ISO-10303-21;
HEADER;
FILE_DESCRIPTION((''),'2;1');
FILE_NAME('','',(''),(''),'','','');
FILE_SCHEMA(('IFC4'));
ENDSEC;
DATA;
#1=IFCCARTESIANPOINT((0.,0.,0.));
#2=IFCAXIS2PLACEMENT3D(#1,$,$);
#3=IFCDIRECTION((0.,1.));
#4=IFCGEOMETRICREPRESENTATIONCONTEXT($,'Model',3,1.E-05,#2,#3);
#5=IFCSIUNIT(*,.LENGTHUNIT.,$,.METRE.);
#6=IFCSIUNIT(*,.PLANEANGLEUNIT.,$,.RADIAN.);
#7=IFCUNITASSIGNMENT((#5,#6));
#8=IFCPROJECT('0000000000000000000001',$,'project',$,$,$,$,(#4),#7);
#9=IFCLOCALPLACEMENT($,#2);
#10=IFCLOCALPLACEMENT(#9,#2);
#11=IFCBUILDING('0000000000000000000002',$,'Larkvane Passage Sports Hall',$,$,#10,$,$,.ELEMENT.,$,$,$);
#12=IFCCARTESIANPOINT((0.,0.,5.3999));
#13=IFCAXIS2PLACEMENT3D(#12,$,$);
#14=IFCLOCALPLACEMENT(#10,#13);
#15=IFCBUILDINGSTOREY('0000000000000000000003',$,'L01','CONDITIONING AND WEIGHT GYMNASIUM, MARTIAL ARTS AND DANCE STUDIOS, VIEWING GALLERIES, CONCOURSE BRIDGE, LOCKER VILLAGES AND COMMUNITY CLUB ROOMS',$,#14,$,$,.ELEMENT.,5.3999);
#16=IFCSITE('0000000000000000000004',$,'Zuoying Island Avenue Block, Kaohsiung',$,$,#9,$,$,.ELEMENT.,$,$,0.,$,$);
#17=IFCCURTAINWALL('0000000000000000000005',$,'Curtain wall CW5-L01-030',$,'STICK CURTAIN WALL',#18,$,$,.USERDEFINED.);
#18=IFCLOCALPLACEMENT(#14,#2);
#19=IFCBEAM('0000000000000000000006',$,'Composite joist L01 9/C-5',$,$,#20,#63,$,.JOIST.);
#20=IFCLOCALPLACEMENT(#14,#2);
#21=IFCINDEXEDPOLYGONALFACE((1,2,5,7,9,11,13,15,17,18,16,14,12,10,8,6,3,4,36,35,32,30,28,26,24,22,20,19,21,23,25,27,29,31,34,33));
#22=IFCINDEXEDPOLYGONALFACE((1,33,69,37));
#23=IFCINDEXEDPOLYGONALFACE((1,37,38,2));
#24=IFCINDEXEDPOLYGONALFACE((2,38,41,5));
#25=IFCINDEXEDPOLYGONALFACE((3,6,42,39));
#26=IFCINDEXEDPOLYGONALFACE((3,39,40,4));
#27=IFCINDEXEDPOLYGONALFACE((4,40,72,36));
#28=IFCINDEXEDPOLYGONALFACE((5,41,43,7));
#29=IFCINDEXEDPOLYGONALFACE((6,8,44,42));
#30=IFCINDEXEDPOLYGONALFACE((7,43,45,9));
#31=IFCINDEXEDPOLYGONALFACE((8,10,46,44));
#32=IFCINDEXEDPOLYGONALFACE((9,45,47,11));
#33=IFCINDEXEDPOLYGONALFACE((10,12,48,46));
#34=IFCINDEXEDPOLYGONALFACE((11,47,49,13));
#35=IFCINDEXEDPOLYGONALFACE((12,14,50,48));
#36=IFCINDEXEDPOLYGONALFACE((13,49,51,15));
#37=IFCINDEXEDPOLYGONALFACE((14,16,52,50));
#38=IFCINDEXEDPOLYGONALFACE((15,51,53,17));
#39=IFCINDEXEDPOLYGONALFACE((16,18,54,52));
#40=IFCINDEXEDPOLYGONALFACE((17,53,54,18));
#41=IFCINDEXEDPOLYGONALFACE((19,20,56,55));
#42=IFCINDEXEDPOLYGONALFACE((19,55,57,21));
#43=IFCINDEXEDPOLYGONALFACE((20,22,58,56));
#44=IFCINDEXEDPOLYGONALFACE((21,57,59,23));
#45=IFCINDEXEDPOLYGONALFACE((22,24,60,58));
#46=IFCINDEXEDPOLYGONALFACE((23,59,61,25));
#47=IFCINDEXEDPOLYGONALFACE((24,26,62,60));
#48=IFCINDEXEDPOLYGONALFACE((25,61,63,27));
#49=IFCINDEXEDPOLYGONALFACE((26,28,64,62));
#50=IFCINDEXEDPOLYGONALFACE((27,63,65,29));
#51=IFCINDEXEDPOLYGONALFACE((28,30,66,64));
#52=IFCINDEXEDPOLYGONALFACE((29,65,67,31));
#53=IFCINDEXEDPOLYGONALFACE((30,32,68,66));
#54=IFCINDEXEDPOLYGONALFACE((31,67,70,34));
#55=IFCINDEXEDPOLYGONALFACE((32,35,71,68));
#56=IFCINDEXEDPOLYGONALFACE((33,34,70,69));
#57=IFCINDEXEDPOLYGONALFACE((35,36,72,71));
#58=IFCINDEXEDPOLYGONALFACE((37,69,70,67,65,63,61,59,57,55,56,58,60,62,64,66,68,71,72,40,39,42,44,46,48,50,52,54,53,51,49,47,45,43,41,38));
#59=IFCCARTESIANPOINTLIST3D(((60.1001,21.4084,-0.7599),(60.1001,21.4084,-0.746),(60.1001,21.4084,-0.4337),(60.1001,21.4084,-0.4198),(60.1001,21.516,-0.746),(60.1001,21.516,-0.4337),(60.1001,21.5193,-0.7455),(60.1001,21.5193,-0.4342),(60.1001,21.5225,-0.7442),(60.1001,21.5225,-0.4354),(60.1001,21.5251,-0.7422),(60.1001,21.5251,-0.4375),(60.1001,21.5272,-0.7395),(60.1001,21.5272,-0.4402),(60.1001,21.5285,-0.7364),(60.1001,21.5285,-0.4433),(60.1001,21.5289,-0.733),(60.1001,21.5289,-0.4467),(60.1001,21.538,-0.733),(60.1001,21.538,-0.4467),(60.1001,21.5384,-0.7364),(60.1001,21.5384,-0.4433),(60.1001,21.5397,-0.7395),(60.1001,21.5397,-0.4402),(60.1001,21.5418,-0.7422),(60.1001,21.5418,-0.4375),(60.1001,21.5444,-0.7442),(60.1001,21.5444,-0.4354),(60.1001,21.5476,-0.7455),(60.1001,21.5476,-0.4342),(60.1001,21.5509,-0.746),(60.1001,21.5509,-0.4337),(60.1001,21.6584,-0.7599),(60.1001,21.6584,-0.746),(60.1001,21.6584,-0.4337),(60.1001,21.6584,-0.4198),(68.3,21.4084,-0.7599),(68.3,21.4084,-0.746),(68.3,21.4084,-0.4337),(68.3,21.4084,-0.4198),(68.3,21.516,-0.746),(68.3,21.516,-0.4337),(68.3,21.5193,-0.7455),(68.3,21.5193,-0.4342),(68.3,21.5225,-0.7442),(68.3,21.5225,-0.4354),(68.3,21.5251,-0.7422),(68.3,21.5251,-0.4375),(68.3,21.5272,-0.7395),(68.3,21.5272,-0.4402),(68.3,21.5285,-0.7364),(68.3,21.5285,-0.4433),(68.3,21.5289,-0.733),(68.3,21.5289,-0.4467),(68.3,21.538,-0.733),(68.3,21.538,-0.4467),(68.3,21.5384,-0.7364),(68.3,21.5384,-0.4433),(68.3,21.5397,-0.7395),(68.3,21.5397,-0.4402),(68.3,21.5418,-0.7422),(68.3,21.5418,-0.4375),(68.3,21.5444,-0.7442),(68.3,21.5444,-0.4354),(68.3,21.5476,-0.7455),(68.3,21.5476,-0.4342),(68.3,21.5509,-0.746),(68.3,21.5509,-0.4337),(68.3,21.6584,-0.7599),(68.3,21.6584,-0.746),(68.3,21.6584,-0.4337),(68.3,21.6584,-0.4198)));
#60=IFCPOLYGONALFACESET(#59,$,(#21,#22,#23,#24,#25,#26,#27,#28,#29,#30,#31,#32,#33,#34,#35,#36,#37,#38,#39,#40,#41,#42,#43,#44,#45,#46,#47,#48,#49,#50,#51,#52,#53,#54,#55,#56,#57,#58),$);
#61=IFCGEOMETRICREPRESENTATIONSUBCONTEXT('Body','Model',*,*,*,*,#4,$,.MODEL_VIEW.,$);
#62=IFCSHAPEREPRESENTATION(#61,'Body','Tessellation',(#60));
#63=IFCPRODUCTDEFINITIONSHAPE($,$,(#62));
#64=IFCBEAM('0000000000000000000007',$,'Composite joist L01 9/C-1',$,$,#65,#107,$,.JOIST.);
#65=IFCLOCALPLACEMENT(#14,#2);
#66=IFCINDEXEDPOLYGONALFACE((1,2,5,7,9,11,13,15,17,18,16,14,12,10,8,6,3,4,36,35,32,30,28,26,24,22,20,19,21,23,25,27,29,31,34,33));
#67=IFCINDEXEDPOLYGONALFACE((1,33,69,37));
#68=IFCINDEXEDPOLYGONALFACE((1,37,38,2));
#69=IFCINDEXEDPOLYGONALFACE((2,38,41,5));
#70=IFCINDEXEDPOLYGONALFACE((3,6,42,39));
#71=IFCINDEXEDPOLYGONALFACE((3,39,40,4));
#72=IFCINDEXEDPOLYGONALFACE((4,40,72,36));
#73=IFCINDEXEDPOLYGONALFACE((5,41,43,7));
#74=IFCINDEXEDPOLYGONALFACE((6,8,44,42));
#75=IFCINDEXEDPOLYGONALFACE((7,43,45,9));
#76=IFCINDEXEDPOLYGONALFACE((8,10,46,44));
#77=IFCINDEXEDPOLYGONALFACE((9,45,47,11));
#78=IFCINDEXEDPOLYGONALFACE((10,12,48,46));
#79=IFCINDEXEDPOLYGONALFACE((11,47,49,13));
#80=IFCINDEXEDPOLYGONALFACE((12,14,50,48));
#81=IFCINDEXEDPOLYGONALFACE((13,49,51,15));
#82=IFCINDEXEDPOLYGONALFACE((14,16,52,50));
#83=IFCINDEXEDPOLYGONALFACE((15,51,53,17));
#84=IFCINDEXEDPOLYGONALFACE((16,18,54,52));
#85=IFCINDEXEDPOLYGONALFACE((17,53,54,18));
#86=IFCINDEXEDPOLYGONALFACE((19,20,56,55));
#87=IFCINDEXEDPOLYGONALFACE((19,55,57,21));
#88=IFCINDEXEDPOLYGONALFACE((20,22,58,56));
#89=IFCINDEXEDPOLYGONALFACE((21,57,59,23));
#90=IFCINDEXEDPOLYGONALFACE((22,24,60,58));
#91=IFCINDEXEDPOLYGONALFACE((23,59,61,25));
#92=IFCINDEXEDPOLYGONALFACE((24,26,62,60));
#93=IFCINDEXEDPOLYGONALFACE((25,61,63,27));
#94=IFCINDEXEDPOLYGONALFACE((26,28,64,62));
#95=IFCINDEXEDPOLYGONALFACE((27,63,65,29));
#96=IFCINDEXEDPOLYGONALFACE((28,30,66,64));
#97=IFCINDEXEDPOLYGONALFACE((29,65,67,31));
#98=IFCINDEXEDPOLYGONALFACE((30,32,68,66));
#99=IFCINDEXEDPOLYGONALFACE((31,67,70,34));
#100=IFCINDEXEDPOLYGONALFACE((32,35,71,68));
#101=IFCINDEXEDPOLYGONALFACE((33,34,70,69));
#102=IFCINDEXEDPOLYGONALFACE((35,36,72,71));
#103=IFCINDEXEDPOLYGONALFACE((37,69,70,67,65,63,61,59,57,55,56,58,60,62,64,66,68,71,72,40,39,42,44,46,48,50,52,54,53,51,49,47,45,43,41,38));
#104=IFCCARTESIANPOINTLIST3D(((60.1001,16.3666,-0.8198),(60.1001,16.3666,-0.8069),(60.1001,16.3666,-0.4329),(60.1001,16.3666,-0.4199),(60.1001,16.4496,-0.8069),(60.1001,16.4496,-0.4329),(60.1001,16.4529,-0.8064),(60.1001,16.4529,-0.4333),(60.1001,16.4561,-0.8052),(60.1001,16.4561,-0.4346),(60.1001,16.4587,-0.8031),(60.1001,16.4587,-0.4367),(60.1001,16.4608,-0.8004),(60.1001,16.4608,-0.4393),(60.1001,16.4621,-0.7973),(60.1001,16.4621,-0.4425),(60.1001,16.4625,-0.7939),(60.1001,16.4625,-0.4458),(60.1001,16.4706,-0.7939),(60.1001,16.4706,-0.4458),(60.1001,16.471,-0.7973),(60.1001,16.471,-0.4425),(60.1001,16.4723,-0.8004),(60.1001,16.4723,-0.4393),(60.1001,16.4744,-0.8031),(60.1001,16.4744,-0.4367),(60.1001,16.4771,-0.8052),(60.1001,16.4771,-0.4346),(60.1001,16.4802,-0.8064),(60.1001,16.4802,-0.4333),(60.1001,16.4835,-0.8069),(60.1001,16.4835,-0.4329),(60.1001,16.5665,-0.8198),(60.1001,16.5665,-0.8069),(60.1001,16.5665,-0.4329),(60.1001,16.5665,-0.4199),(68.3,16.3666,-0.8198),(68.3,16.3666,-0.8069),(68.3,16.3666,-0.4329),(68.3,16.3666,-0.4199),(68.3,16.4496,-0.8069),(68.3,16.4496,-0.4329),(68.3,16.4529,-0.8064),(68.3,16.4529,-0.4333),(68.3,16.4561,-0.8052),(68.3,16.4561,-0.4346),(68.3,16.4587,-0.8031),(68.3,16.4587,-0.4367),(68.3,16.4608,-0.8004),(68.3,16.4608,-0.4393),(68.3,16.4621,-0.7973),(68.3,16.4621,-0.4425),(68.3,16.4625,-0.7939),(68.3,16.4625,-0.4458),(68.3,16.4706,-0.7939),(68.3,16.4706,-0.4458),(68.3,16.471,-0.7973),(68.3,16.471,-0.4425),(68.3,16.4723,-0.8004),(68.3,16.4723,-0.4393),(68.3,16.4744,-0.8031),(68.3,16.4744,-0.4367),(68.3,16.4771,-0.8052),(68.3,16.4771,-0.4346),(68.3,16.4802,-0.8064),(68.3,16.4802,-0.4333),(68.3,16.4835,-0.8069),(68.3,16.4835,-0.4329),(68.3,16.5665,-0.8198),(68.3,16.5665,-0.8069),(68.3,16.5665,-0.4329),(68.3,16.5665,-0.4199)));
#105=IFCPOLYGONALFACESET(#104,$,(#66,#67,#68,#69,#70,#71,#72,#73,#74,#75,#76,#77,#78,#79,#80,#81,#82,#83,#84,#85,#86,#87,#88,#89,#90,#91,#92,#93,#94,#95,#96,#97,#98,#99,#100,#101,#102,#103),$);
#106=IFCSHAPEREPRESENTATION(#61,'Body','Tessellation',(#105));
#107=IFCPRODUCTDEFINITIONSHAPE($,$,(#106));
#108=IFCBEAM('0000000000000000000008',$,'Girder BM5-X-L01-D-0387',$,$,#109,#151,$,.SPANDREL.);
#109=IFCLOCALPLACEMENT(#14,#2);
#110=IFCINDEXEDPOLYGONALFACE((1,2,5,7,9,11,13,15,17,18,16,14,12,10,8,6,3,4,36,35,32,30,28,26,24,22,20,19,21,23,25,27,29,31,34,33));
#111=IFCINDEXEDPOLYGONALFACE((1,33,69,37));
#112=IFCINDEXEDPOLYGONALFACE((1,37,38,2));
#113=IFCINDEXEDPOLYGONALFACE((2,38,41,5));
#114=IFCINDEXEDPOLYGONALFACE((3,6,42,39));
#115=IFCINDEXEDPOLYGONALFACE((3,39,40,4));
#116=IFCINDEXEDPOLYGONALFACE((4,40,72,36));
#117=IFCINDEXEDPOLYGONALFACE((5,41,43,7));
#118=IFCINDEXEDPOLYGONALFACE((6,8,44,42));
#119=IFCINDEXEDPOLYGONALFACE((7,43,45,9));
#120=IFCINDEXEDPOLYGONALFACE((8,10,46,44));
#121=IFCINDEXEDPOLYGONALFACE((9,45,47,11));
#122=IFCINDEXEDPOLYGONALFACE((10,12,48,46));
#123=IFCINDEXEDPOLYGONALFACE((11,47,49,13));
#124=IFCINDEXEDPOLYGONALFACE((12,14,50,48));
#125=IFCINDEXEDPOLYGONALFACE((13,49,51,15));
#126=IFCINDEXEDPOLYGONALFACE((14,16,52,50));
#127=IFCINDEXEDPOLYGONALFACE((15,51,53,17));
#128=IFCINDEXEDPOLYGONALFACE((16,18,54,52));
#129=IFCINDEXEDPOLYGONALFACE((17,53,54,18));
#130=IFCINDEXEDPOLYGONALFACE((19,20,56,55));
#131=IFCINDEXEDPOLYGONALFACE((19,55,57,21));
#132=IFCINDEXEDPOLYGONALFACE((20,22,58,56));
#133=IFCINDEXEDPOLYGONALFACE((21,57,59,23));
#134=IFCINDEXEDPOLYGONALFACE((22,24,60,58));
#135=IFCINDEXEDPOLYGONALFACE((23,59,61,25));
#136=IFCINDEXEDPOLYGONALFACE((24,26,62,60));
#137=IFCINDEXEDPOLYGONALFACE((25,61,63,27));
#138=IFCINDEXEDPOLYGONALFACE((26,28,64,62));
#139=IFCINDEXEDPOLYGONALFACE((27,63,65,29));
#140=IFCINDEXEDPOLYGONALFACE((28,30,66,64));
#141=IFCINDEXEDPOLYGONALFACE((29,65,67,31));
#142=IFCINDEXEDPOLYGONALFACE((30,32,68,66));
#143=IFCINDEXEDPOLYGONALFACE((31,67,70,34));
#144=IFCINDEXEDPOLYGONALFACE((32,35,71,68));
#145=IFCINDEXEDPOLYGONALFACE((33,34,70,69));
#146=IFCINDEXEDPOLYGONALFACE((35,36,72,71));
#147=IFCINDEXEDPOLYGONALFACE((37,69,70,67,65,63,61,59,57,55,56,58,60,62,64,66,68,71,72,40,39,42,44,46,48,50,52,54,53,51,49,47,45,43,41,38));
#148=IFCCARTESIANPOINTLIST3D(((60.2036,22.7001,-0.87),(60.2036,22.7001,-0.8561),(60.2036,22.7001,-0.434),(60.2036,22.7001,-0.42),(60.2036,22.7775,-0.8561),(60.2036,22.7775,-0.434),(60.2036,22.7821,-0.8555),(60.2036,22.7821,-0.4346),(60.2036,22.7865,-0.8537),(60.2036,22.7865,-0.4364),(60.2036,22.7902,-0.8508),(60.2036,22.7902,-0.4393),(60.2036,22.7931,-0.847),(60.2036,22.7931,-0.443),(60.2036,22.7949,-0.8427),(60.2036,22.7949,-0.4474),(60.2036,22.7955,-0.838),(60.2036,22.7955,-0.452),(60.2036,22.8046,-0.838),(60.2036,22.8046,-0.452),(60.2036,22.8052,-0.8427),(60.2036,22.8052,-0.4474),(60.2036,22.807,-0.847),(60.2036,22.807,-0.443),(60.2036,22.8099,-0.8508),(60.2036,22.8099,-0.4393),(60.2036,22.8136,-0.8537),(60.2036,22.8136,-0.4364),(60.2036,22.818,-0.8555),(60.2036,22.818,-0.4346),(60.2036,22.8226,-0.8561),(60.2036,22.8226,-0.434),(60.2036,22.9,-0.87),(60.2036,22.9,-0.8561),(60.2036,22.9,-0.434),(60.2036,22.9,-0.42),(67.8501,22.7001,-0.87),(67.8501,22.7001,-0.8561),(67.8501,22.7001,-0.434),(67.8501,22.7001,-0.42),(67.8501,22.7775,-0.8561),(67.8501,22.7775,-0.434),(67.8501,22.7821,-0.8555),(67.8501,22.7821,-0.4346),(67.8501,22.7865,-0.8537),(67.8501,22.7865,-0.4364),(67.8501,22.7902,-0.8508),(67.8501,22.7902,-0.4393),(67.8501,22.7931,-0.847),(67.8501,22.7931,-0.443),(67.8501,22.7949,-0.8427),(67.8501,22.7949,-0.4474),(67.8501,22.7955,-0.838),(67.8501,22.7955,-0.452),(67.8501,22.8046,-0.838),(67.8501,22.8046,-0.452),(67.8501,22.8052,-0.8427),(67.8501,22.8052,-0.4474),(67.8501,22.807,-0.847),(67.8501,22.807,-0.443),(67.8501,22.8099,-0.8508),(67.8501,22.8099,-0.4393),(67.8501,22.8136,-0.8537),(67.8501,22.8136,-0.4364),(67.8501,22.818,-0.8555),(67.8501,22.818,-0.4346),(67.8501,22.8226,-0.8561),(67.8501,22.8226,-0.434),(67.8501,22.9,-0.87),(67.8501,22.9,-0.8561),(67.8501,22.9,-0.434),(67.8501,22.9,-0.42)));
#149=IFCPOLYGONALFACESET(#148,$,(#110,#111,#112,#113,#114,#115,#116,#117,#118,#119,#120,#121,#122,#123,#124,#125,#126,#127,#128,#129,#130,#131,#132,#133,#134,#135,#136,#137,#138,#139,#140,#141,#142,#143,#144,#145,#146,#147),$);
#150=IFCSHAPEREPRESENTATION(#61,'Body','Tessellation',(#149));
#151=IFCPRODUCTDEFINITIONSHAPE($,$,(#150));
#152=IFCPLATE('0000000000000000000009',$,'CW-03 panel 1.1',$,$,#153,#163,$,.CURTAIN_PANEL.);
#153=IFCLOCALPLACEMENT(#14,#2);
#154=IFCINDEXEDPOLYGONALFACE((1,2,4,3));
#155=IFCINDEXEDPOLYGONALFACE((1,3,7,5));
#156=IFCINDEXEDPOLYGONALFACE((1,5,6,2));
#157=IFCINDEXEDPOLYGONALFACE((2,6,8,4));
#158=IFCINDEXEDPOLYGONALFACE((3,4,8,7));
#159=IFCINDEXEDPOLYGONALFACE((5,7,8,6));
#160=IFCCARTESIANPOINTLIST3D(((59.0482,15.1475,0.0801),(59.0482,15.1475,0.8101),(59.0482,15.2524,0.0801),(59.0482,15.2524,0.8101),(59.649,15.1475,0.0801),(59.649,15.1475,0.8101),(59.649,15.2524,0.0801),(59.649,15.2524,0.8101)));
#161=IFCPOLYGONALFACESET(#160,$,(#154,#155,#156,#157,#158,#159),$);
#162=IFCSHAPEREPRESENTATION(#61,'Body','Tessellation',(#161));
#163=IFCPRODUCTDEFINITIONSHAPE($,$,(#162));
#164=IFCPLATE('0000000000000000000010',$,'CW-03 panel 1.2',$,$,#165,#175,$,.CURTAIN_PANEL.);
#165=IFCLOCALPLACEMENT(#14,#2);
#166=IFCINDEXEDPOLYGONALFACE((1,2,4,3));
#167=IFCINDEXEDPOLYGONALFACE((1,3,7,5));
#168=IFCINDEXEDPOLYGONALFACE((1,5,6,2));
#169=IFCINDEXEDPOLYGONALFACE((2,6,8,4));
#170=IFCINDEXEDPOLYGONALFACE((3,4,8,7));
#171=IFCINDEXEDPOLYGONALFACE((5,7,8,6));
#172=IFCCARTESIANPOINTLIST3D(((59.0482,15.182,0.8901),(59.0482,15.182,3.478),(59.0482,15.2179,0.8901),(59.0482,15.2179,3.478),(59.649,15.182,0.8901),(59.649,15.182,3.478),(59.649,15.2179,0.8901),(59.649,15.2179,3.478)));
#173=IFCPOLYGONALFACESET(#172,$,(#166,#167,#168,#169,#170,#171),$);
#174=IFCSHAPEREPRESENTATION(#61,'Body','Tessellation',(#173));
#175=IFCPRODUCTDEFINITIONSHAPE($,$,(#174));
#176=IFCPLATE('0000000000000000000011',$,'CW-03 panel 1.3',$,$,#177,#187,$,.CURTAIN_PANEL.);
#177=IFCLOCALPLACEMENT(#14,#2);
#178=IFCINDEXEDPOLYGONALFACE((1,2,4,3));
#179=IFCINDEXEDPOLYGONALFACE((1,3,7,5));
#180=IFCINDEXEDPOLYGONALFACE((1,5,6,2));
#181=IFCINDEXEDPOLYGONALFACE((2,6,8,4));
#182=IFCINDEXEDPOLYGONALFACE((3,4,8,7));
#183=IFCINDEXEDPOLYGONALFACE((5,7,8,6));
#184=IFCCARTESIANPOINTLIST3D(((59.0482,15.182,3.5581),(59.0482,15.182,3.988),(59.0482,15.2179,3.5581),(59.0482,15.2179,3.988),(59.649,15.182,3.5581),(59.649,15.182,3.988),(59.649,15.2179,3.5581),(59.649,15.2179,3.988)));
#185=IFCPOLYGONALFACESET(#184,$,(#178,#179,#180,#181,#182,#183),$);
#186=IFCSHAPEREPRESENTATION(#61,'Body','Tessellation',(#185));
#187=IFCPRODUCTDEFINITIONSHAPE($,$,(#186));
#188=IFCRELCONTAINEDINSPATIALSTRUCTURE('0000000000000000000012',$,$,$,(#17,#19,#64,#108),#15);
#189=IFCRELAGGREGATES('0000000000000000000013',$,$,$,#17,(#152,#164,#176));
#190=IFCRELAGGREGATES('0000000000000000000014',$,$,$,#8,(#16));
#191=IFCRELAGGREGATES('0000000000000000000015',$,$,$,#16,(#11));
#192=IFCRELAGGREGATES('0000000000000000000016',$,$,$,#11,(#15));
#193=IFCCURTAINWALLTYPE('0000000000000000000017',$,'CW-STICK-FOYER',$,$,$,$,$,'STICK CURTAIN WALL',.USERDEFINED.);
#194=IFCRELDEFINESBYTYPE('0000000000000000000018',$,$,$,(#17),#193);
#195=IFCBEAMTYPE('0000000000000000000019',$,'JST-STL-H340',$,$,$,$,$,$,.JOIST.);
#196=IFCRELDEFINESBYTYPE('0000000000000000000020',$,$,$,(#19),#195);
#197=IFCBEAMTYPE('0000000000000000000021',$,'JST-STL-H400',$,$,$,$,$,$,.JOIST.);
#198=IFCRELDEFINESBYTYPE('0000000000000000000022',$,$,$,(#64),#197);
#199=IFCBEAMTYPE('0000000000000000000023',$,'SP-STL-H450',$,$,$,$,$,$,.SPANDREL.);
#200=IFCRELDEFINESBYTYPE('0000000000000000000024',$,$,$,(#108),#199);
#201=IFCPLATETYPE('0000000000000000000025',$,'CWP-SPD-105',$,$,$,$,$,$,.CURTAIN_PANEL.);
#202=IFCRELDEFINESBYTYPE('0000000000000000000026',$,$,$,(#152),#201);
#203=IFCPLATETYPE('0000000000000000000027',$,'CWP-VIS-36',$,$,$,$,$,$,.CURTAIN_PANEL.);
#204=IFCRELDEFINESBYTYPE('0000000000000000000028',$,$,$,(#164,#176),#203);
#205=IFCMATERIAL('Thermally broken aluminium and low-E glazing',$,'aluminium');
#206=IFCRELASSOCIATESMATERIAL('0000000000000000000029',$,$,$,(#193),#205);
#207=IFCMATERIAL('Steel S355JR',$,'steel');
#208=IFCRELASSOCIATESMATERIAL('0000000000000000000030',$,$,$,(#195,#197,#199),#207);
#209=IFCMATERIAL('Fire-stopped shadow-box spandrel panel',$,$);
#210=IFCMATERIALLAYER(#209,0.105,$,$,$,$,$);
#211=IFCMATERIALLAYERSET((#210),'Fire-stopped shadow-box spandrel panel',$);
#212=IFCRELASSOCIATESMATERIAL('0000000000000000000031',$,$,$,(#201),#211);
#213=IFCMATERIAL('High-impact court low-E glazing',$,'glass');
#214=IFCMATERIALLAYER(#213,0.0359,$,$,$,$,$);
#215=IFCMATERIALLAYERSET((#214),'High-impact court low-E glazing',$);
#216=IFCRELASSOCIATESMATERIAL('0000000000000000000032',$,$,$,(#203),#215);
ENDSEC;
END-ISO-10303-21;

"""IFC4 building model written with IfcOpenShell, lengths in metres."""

from ifc_helpers import new_model, si_unit, direction, frame, origin, origin_2d, place, context, subcontext, project, spatial, rectangle, i_section, extrude, material, layer, layer_set, material_profile, profile_set, type_object, element, aggregate, save


model = new_model("IFC4")

# Units and contexts
model_context = context("Model", 3, precision=1e-05, world=origin(), true_north=direction((0.0, 1.0)))
body_context = subcontext(model_context, "Body", "Model", "MODEL_VIEW")
ifc_project = project(units=[si_unit("LENGTHUNIT", "METRE"), si_unit("PLANEANGLEUNIT", "RADIAN")], contexts=[model_context])

# Site, building, storey
site_placement = place(None, origin())
site = spatial("IfcSite", under=ifc_project, at=site_placement, Name="Zuoying Island Avenue Block, Kaohsiung", CompositionType="ELEMENT", RefElevation=0.0)
building_placement = place(site_placement, origin())
building = spatial("IfcBuilding", under=site, at=building_placement, Name="Larkvane Passage Sports Hall", CompositionType="ELEMENT")
storey_placement = place(building_placement, frame((0.0, 0.0, 5.3999)))
storey = spatial("IfcBuildingStorey", under=building, at=storey_placement, Name="L01", Description="CONDITIONING AND WEIGHT GYMNASIUM, MARTIAL ARTS AND DANCE STUDIOS, VIEWING GALLERIES, CONCOURSE BRIDGE, LOCKER VILLAGES AND COMMUNITY CLUB ROOMS", CompositionType="ELEMENT", Elevation=5.3999)

# Shared definitions
ifc_material_1 = material(Name="Steel S355JR", Category="steel")

# Curtain wall
ifc_material_2 = material(Name="Thermally broken aluminium and low-E glazing", Category="aluminium")
curtain_wall_type = type_object("IfcCurtainWallType", Name="CW-STICK-FOYER", ElementType="STICK CURTAIN WALL", PredefinedType="USERDEFINED", material=ifc_material_2)
curtain_wall_placement = place(storey_placement, origin())
curtain_wall = element("IfcCurtainWall", 1, at=curtain_wall_placement, inside=storey, type_object=curtain_wall_type, Name="Curtain wall CW5-L01-030", ObjectType="STICK CURTAIN WALL", PredefinedType="USERDEFINED")

# Beams
ifc_material_profile_1 = material_profile(ifc_material_1, i_section(OverallWidth=0.25, OverallDepth=0.3401, WebThickness=0.009, FlangeThickness=0.0139, FilletRadius=0.0129, at=origin_2d()), Name="H-340x250x9x14")
ifc_profile_set_1 = profile_set([ifc_material_profile_1], Name="Steel S355JR")
beam_type_1 = type_object("IfcBeamType", Name="JST-STL-H340", PredefinedType="JOIST", material=ifc_profile_set_1)
beam_1_placement = place(storey_placement, frame((60.1001, 21.5334, -0.5898), z_axis=(1.0, 0.0, 0.0), x_axis=(0.0, 1.0, 0.0)))
element("IfcBeam", 2, at=beam_1_placement, inside=storey, type_object=beam_type_1, Name="Composite joist L01 9/C-5", PredefinedType="JOIST", context=body_context, shape_type="SweptSolid", body=[
    extrude(i_section(OverallWidth=0.25, OverallDepth=0.3401, WebThickness=0.009, FlangeThickness=0.0139, FilletRadius=0.0129, at=origin_2d()), origin(), (0.0, 0.0, 1.0), 8.2),
])
ifc_material_profile_2 = material_profile(ifc_material_1, i_section(OverallWidth=0.2, OverallDepth=0.3999, WebThickness=0.0081, FlangeThickness=0.0129, FilletRadius=0.0129, at=origin_2d()), Name="H-400x200x8x13")
ifc_profile_set_2 = profile_set([ifc_material_profile_2], Name="Steel S355JR")
beam_type_2 = type_object("IfcBeamType", Name="JST-STL-H400", PredefinedType="JOIST", material=ifc_profile_set_2)
beam_2_placement = place(storey_placement, frame((60.1001, 16.4666, -0.6199), z_axis=(1.0, 0.0, 0.0), x_axis=(0.0, 1.0, 0.0)))
element("IfcBeam", 3, at=beam_2_placement, inside=storey, type_object=beam_type_2, Name="Composite joist L01 9/C-1", PredefinedType="JOIST", context=body_context, shape_type="SweptSolid", body=[
    extrude(i_section(OverallWidth=0.2, OverallDepth=0.3999, WebThickness=0.0081, FlangeThickness=0.0129, FilletRadius=0.0129, at=origin_2d()), origin(), (0.0, 0.0, 1.0), 8.2),
])
ifc_material_profile_3 = material_profile(ifc_material_1, i_section(OverallWidth=0.2, OverallDepth=0.45, WebThickness=0.009, FlangeThickness=0.0139, FilletRadius=0.0181, at=origin_2d()), Name="H-450x200x9x14")
ifc_profile_set_3 = profile_set([ifc_material_profile_3], Name="Steel S355JR")
beam_type_3 = type_object("IfcBeamType", Name="SP-STL-H450", PredefinedType="SPANDREL", material=ifc_profile_set_3)
beam_3_placement = place(storey_placement, frame((60.2036, 22.8, -0.645), z_axis=(1.0, 0.0, 0.0), x_axis=(0.0, 1.0, 0.0)))
element("IfcBeam", 4, at=beam_3_placement, inside=storey, type_object=beam_type_3, Name="Girder BM5-X-L01-D-0387", PredefinedType="SPANDREL", context=body_context, shape_type="SweptSolid", body=[
    extrude(i_section(OverallWidth=0.2, OverallDepth=0.45, WebThickness=0.009, FlangeThickness=0.0139, FilletRadius=0.0181, at=origin_2d()), origin(), (0.0, 0.0, 1.0), 7.6465),
])

# Plates
ifc_material_3 = material(Name="Fire-stopped shadow-box spandrel panel")
ifc_layer_1 = layer(ifc_material_3, 0.105)
ifc_layer_set_1 = layer_set([ifc_layer_1], Name="Fire-stopped shadow-box spandrel panel")
plate_type_1 = type_object("IfcPlateType", Name="CWP-SPD-105", PredefinedType="CURTAIN_PANEL", material=ifc_layer_set_1)
plate_1_placement = place(storey_placement, frame((59.3486, 15.2, 0.0801), z_axis=(0.0, 0.0, 1.0), x_axis=(-1.0, 0.0, 0.0)))
plate_1 = element("IfcPlate", 5, at=plate_1_placement, type_object=plate_type_1, Name="CW-03 panel 1.1", PredefinedType="CURTAIN_PANEL", context=body_context, shape_type="SweptSolid", body=[
    extrude(rectangle(XDim=0.6008, YDim=0.105, at=origin_2d()), origin(), (0.0, 0.0, 1.0), 0.73),
])
ifc_material_4 = material(Name="High-impact court low-E glazing", Category="glass")
ifc_layer_2 = layer(ifc_material_4, 0.0359)
ifc_layer_set_2 = layer_set([ifc_layer_2], Name="High-impact court low-E glazing")
plate_type_2 = type_object("IfcPlateType", Name="CWP-VIS-36", PredefinedType="CURTAIN_PANEL", material=ifc_layer_set_2)
plate_2_placement = place(storey_placement, frame((59.3486, 15.2, 0.8901), z_axis=(0.0, 0.0, 1.0), x_axis=(-1.0, 0.0, 0.0)))
plate_2 = element("IfcPlate", 6, at=plate_2_placement, type_object=plate_type_2, Name="CW-03 panel 1.2", PredefinedType="CURTAIN_PANEL", context=body_context, shape_type="SweptSolid", body=[
    extrude(rectangle(XDim=0.6008, YDim=0.0359, at=origin_2d()), origin(), (0.0, 0.0, 1.0), 2.5879),
])
plate_3_placement = place(storey_placement, frame((59.3486, 15.2, 3.5581), z_axis=(0.0, 0.0, 1.0), x_axis=(-1.0, 0.0, 0.0)))
plate_3 = element("IfcPlate", 7, at=plate_3_placement, type_object=plate_type_2, Name="CW-03 panel 1.3", PredefinedType="CURTAIN_PANEL", context=body_context, shape_type="SweptSolid", body=[
    extrude(rectangle(XDim=0.6008, YDim=0.0359, at=origin_2d()), origin(), (0.0, 0.0, 1.0), 0.4299),
])
aggregate(curtain_wall, [plate_1, plate_2, plate_3])

save(model, "model.ifc")
